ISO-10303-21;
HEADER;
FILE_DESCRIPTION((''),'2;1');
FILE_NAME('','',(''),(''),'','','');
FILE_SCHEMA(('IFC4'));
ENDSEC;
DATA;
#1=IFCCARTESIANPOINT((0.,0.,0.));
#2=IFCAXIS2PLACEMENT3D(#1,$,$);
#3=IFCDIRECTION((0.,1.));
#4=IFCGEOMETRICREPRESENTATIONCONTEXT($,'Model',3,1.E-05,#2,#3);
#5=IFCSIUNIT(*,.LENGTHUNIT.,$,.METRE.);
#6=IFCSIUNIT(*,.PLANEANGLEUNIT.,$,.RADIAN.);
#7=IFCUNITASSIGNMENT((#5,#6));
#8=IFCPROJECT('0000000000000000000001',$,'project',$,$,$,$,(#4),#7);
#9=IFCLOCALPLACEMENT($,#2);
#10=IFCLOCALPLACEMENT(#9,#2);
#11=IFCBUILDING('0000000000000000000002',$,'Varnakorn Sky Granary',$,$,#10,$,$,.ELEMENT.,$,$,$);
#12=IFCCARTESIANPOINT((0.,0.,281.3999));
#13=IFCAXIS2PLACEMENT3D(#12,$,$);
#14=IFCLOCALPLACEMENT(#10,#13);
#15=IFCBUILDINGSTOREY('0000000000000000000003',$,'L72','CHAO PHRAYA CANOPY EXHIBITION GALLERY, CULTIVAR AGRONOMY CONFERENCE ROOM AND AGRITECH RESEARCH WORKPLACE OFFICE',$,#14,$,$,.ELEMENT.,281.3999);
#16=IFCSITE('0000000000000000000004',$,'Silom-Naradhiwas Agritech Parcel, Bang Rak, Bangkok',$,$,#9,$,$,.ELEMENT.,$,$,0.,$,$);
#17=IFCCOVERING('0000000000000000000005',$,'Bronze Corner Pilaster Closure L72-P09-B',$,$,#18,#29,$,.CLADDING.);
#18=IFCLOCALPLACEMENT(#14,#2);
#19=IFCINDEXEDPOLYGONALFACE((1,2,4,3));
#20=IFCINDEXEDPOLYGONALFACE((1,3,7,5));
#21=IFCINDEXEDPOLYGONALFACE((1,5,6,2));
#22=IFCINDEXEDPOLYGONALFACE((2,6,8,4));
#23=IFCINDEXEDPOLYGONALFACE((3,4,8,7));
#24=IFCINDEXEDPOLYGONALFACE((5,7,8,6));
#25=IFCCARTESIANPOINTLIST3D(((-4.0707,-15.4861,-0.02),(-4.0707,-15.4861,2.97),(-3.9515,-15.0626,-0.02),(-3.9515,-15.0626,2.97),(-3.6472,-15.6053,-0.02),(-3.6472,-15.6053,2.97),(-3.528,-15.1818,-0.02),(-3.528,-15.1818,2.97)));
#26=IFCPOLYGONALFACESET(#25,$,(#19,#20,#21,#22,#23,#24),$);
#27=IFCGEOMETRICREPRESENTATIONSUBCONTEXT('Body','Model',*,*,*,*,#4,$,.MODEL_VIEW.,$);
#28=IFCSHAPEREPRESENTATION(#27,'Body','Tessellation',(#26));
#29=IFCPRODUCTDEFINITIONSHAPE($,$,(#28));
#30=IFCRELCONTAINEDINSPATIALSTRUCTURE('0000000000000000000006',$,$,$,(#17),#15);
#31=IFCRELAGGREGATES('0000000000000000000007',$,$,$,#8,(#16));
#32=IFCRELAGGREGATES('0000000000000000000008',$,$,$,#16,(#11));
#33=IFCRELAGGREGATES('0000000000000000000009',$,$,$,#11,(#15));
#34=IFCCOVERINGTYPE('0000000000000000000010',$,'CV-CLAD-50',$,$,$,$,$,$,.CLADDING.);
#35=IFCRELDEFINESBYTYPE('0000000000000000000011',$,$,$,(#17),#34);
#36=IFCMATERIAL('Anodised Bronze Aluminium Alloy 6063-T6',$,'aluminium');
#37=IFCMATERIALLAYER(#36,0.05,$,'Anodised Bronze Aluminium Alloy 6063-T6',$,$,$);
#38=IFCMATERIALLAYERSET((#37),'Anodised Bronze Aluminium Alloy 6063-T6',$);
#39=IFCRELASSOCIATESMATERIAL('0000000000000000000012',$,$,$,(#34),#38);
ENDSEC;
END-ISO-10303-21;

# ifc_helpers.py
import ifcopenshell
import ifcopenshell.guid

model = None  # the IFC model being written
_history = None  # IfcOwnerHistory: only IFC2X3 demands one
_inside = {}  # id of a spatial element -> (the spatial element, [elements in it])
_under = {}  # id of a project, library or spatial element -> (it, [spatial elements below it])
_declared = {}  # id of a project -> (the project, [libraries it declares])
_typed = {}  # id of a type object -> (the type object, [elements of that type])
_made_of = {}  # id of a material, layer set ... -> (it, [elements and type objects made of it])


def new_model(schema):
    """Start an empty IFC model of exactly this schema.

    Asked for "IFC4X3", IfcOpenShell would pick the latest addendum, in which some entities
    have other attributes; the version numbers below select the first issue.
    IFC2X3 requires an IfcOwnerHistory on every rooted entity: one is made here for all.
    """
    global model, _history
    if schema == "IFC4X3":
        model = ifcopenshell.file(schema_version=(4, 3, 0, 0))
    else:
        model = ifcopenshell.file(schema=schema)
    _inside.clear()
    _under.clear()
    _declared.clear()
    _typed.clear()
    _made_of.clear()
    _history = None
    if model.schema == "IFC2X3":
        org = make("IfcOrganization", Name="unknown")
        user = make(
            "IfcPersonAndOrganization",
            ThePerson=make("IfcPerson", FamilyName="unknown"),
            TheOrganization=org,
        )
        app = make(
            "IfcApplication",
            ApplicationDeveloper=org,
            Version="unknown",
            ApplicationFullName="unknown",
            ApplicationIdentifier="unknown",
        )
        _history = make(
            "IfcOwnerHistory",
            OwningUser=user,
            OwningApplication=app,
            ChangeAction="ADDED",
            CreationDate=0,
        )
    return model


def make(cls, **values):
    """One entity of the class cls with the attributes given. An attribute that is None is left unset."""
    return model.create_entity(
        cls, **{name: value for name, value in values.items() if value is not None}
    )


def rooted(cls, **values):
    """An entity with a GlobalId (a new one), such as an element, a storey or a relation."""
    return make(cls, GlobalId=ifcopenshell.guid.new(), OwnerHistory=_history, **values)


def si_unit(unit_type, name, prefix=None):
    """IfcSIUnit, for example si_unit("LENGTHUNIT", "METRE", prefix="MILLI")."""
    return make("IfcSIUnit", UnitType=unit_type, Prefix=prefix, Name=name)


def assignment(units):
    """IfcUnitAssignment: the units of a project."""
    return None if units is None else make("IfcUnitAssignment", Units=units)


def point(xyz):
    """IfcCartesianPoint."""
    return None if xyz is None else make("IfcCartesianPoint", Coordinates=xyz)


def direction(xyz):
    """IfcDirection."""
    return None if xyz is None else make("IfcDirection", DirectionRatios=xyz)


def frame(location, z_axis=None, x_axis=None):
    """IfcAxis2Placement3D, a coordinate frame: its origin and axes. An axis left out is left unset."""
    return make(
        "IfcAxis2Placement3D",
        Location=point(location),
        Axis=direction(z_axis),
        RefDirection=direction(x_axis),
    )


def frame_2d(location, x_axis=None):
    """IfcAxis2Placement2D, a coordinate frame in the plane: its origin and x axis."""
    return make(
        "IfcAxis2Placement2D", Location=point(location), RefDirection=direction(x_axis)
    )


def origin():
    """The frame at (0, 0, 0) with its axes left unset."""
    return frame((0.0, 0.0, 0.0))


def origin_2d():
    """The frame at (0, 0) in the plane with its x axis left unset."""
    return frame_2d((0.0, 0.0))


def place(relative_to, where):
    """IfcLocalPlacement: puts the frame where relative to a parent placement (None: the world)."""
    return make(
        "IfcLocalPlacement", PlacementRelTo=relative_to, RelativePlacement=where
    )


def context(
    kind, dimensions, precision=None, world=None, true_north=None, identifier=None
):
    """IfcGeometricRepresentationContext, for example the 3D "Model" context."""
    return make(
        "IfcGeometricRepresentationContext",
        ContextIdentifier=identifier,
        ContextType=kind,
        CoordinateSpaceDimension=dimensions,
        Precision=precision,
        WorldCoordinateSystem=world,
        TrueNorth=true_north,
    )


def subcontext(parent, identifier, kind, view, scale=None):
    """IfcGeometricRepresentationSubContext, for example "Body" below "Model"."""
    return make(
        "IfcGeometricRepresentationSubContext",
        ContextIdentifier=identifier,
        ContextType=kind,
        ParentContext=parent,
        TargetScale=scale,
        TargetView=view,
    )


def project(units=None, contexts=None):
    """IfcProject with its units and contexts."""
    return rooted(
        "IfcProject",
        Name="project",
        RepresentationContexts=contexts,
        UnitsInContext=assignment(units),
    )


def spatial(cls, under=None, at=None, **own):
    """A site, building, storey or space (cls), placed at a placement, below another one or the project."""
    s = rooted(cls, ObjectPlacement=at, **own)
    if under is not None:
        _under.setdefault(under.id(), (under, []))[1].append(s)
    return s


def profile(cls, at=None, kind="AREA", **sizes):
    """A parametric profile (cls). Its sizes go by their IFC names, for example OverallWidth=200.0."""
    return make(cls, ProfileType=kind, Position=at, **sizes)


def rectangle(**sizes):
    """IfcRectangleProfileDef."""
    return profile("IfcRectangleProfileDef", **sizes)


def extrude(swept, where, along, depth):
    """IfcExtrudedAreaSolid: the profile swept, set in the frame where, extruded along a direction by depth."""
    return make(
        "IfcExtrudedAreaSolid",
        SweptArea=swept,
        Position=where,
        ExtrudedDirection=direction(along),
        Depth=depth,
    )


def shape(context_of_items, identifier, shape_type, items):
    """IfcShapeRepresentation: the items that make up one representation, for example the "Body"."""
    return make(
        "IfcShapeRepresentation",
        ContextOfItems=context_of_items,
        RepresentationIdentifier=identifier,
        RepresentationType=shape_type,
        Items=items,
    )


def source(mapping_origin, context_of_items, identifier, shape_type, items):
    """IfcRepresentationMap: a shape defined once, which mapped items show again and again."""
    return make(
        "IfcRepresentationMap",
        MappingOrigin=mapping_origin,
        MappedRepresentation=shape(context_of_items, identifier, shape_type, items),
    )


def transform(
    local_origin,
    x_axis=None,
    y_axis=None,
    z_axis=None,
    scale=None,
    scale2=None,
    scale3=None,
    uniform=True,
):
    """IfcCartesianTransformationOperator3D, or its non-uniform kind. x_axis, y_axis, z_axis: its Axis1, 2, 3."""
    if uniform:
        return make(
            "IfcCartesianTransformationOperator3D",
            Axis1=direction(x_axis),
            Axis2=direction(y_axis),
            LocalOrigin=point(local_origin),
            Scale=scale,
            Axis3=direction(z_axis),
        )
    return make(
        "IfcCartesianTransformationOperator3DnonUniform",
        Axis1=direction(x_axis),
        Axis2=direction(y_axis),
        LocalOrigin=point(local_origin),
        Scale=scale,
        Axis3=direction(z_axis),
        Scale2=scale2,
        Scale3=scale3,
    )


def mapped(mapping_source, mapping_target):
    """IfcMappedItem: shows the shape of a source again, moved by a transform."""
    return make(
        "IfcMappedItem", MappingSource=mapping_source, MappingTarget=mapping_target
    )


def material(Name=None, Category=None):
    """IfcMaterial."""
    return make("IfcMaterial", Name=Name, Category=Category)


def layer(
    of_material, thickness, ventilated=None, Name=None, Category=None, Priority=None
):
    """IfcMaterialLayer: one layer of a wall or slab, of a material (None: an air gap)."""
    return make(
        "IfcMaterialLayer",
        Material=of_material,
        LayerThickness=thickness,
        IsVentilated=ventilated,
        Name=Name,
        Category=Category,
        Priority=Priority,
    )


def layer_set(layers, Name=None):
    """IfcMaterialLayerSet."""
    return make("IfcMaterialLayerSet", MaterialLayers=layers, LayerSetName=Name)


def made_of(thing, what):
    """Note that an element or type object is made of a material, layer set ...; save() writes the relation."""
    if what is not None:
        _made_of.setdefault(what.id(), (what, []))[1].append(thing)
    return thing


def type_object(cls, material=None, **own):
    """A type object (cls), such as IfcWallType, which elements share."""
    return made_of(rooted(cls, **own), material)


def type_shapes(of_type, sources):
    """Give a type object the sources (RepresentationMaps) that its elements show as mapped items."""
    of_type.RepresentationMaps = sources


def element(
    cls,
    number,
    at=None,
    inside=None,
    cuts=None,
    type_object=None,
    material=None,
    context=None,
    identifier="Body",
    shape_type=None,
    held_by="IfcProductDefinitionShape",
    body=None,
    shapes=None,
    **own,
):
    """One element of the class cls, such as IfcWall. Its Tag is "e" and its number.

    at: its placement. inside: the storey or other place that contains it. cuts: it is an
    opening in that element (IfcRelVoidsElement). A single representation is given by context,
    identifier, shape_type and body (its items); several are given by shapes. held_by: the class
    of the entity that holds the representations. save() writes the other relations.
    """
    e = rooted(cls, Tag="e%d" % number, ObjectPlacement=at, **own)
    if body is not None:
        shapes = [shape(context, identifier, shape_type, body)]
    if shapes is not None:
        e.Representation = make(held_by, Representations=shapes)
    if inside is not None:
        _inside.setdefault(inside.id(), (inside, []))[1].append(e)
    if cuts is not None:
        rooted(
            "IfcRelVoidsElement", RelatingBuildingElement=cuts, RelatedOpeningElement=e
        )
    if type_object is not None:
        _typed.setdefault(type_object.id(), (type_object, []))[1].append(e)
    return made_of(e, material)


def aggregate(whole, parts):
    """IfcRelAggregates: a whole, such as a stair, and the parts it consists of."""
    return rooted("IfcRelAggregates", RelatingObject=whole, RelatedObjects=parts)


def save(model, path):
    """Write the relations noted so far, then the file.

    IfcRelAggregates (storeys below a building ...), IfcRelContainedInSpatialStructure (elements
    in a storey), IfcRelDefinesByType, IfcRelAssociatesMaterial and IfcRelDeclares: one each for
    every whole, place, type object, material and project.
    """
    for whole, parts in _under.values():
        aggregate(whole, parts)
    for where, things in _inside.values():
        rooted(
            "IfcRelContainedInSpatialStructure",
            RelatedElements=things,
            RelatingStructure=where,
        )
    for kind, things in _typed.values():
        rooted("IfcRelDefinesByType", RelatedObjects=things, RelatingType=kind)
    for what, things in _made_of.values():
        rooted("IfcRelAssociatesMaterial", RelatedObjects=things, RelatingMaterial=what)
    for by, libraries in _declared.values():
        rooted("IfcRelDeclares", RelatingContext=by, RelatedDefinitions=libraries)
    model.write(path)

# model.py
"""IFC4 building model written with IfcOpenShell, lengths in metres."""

from ifc_helpers import new_model, si_unit, direction, frame, origin, origin_2d, place, context, subcontext, project, spatial, rectangle, extrude, source, transform, mapped, material, layer, layer_set, type_object, type_shapes, element, save


model = new_model("IFC4")

# Units and contexts
model_context = context("Model", 3, precision=1e-05, world=origin(), true_north=direction((0.0, 1.0)))
body_context = subcontext(model_context, "Body", "Model", "MODEL_VIEW")
ifc_project = project(units=[si_unit("LENGTHUNIT", "METRE"), si_unit("PLANEANGLEUNIT", "RADIAN")], contexts=[model_context])

# Site, building, storey
site_placement = place(None, origin())
site = spatial("IfcSite", under=ifc_project, at=site_placement, Name="Silom-Naradhiwas Agritech Parcel, Bang Rak, Bangkok", CompositionType="ELEMENT", RefElevation=0.0)
building_placement = place(site_placement, origin())
building = spatial("IfcBuilding", under=site, at=building_placement, Name="Varnakorn Sky Granary", CompositionType="ELEMENT")
storey_placement = place(building_placement, frame((0.0, 0.0, 281.3999)))
storey = spatial("IfcBuildingStorey", under=building, at=storey_placement, Name="L72", Description="CHAO PHRAYA CANOPY EXHIBITION GALLERY, CULTIVAR AGRONOMY CONFERENCE ROOM AND AGRITECH RESEARCH WORKPLACE OFFICE", CompositionType="ELEMENT", Elevation=281.3999)

# Shared definitions
ifc_material_1 = material(Name="Anodised Bronze Aluminium Alloy 6063-T6", Category="aluminium")

# Covering
ifc_layer_1 = layer(ifc_material_1, 0.05, Name="Anodised Bronze Aluminium Alloy 6063-T6")
ifc_layer_set_1 = layer_set([ifc_layer_1], Name="Anodised Bronze Aluminium Alloy 6063-T6")
covering_type = type_object("IfcCoveringType", Name="CV-CLAD-50", PredefinedType="CLADDING", material=ifc_layer_set_1)
shared_shape_1 = source(origin(), body_context, "Body", "SweptSolid", [
    extrude(rectangle(XDim=0.4399, YDim=0.4399, at=origin_2d()), origin(), (0.0, 0.0, 1.0), 2.99),
])
type_shapes(covering_type, [shared_shape_1])
covering_placement = place(storey_placement, frame((-3.7993, -15.334, -0.02), z_axis=(0.0, 0.0, 1.0), x_axis=(-0.962597, 0.270936, 0.0)))
element("IfcCovering", 1, at=covering_placement, inside=storey, type_object=covering_type, Name="Bronze Corner Pilaster Closure L72-P09-B", PredefinedType="CLADDING", context=body_context, shape_type="MappedRepresentation", body=[
    mapped(shared_shape_1, transform((0.0, 0.0, 0.0), x_axis=(1.0, 0.0, 0.0), y_axis=(0.0, 1.0, 0.0), z_axis=(0.0, 0.0, 1.0), scale=1.0)),
])

save(model, "model.ifc")
